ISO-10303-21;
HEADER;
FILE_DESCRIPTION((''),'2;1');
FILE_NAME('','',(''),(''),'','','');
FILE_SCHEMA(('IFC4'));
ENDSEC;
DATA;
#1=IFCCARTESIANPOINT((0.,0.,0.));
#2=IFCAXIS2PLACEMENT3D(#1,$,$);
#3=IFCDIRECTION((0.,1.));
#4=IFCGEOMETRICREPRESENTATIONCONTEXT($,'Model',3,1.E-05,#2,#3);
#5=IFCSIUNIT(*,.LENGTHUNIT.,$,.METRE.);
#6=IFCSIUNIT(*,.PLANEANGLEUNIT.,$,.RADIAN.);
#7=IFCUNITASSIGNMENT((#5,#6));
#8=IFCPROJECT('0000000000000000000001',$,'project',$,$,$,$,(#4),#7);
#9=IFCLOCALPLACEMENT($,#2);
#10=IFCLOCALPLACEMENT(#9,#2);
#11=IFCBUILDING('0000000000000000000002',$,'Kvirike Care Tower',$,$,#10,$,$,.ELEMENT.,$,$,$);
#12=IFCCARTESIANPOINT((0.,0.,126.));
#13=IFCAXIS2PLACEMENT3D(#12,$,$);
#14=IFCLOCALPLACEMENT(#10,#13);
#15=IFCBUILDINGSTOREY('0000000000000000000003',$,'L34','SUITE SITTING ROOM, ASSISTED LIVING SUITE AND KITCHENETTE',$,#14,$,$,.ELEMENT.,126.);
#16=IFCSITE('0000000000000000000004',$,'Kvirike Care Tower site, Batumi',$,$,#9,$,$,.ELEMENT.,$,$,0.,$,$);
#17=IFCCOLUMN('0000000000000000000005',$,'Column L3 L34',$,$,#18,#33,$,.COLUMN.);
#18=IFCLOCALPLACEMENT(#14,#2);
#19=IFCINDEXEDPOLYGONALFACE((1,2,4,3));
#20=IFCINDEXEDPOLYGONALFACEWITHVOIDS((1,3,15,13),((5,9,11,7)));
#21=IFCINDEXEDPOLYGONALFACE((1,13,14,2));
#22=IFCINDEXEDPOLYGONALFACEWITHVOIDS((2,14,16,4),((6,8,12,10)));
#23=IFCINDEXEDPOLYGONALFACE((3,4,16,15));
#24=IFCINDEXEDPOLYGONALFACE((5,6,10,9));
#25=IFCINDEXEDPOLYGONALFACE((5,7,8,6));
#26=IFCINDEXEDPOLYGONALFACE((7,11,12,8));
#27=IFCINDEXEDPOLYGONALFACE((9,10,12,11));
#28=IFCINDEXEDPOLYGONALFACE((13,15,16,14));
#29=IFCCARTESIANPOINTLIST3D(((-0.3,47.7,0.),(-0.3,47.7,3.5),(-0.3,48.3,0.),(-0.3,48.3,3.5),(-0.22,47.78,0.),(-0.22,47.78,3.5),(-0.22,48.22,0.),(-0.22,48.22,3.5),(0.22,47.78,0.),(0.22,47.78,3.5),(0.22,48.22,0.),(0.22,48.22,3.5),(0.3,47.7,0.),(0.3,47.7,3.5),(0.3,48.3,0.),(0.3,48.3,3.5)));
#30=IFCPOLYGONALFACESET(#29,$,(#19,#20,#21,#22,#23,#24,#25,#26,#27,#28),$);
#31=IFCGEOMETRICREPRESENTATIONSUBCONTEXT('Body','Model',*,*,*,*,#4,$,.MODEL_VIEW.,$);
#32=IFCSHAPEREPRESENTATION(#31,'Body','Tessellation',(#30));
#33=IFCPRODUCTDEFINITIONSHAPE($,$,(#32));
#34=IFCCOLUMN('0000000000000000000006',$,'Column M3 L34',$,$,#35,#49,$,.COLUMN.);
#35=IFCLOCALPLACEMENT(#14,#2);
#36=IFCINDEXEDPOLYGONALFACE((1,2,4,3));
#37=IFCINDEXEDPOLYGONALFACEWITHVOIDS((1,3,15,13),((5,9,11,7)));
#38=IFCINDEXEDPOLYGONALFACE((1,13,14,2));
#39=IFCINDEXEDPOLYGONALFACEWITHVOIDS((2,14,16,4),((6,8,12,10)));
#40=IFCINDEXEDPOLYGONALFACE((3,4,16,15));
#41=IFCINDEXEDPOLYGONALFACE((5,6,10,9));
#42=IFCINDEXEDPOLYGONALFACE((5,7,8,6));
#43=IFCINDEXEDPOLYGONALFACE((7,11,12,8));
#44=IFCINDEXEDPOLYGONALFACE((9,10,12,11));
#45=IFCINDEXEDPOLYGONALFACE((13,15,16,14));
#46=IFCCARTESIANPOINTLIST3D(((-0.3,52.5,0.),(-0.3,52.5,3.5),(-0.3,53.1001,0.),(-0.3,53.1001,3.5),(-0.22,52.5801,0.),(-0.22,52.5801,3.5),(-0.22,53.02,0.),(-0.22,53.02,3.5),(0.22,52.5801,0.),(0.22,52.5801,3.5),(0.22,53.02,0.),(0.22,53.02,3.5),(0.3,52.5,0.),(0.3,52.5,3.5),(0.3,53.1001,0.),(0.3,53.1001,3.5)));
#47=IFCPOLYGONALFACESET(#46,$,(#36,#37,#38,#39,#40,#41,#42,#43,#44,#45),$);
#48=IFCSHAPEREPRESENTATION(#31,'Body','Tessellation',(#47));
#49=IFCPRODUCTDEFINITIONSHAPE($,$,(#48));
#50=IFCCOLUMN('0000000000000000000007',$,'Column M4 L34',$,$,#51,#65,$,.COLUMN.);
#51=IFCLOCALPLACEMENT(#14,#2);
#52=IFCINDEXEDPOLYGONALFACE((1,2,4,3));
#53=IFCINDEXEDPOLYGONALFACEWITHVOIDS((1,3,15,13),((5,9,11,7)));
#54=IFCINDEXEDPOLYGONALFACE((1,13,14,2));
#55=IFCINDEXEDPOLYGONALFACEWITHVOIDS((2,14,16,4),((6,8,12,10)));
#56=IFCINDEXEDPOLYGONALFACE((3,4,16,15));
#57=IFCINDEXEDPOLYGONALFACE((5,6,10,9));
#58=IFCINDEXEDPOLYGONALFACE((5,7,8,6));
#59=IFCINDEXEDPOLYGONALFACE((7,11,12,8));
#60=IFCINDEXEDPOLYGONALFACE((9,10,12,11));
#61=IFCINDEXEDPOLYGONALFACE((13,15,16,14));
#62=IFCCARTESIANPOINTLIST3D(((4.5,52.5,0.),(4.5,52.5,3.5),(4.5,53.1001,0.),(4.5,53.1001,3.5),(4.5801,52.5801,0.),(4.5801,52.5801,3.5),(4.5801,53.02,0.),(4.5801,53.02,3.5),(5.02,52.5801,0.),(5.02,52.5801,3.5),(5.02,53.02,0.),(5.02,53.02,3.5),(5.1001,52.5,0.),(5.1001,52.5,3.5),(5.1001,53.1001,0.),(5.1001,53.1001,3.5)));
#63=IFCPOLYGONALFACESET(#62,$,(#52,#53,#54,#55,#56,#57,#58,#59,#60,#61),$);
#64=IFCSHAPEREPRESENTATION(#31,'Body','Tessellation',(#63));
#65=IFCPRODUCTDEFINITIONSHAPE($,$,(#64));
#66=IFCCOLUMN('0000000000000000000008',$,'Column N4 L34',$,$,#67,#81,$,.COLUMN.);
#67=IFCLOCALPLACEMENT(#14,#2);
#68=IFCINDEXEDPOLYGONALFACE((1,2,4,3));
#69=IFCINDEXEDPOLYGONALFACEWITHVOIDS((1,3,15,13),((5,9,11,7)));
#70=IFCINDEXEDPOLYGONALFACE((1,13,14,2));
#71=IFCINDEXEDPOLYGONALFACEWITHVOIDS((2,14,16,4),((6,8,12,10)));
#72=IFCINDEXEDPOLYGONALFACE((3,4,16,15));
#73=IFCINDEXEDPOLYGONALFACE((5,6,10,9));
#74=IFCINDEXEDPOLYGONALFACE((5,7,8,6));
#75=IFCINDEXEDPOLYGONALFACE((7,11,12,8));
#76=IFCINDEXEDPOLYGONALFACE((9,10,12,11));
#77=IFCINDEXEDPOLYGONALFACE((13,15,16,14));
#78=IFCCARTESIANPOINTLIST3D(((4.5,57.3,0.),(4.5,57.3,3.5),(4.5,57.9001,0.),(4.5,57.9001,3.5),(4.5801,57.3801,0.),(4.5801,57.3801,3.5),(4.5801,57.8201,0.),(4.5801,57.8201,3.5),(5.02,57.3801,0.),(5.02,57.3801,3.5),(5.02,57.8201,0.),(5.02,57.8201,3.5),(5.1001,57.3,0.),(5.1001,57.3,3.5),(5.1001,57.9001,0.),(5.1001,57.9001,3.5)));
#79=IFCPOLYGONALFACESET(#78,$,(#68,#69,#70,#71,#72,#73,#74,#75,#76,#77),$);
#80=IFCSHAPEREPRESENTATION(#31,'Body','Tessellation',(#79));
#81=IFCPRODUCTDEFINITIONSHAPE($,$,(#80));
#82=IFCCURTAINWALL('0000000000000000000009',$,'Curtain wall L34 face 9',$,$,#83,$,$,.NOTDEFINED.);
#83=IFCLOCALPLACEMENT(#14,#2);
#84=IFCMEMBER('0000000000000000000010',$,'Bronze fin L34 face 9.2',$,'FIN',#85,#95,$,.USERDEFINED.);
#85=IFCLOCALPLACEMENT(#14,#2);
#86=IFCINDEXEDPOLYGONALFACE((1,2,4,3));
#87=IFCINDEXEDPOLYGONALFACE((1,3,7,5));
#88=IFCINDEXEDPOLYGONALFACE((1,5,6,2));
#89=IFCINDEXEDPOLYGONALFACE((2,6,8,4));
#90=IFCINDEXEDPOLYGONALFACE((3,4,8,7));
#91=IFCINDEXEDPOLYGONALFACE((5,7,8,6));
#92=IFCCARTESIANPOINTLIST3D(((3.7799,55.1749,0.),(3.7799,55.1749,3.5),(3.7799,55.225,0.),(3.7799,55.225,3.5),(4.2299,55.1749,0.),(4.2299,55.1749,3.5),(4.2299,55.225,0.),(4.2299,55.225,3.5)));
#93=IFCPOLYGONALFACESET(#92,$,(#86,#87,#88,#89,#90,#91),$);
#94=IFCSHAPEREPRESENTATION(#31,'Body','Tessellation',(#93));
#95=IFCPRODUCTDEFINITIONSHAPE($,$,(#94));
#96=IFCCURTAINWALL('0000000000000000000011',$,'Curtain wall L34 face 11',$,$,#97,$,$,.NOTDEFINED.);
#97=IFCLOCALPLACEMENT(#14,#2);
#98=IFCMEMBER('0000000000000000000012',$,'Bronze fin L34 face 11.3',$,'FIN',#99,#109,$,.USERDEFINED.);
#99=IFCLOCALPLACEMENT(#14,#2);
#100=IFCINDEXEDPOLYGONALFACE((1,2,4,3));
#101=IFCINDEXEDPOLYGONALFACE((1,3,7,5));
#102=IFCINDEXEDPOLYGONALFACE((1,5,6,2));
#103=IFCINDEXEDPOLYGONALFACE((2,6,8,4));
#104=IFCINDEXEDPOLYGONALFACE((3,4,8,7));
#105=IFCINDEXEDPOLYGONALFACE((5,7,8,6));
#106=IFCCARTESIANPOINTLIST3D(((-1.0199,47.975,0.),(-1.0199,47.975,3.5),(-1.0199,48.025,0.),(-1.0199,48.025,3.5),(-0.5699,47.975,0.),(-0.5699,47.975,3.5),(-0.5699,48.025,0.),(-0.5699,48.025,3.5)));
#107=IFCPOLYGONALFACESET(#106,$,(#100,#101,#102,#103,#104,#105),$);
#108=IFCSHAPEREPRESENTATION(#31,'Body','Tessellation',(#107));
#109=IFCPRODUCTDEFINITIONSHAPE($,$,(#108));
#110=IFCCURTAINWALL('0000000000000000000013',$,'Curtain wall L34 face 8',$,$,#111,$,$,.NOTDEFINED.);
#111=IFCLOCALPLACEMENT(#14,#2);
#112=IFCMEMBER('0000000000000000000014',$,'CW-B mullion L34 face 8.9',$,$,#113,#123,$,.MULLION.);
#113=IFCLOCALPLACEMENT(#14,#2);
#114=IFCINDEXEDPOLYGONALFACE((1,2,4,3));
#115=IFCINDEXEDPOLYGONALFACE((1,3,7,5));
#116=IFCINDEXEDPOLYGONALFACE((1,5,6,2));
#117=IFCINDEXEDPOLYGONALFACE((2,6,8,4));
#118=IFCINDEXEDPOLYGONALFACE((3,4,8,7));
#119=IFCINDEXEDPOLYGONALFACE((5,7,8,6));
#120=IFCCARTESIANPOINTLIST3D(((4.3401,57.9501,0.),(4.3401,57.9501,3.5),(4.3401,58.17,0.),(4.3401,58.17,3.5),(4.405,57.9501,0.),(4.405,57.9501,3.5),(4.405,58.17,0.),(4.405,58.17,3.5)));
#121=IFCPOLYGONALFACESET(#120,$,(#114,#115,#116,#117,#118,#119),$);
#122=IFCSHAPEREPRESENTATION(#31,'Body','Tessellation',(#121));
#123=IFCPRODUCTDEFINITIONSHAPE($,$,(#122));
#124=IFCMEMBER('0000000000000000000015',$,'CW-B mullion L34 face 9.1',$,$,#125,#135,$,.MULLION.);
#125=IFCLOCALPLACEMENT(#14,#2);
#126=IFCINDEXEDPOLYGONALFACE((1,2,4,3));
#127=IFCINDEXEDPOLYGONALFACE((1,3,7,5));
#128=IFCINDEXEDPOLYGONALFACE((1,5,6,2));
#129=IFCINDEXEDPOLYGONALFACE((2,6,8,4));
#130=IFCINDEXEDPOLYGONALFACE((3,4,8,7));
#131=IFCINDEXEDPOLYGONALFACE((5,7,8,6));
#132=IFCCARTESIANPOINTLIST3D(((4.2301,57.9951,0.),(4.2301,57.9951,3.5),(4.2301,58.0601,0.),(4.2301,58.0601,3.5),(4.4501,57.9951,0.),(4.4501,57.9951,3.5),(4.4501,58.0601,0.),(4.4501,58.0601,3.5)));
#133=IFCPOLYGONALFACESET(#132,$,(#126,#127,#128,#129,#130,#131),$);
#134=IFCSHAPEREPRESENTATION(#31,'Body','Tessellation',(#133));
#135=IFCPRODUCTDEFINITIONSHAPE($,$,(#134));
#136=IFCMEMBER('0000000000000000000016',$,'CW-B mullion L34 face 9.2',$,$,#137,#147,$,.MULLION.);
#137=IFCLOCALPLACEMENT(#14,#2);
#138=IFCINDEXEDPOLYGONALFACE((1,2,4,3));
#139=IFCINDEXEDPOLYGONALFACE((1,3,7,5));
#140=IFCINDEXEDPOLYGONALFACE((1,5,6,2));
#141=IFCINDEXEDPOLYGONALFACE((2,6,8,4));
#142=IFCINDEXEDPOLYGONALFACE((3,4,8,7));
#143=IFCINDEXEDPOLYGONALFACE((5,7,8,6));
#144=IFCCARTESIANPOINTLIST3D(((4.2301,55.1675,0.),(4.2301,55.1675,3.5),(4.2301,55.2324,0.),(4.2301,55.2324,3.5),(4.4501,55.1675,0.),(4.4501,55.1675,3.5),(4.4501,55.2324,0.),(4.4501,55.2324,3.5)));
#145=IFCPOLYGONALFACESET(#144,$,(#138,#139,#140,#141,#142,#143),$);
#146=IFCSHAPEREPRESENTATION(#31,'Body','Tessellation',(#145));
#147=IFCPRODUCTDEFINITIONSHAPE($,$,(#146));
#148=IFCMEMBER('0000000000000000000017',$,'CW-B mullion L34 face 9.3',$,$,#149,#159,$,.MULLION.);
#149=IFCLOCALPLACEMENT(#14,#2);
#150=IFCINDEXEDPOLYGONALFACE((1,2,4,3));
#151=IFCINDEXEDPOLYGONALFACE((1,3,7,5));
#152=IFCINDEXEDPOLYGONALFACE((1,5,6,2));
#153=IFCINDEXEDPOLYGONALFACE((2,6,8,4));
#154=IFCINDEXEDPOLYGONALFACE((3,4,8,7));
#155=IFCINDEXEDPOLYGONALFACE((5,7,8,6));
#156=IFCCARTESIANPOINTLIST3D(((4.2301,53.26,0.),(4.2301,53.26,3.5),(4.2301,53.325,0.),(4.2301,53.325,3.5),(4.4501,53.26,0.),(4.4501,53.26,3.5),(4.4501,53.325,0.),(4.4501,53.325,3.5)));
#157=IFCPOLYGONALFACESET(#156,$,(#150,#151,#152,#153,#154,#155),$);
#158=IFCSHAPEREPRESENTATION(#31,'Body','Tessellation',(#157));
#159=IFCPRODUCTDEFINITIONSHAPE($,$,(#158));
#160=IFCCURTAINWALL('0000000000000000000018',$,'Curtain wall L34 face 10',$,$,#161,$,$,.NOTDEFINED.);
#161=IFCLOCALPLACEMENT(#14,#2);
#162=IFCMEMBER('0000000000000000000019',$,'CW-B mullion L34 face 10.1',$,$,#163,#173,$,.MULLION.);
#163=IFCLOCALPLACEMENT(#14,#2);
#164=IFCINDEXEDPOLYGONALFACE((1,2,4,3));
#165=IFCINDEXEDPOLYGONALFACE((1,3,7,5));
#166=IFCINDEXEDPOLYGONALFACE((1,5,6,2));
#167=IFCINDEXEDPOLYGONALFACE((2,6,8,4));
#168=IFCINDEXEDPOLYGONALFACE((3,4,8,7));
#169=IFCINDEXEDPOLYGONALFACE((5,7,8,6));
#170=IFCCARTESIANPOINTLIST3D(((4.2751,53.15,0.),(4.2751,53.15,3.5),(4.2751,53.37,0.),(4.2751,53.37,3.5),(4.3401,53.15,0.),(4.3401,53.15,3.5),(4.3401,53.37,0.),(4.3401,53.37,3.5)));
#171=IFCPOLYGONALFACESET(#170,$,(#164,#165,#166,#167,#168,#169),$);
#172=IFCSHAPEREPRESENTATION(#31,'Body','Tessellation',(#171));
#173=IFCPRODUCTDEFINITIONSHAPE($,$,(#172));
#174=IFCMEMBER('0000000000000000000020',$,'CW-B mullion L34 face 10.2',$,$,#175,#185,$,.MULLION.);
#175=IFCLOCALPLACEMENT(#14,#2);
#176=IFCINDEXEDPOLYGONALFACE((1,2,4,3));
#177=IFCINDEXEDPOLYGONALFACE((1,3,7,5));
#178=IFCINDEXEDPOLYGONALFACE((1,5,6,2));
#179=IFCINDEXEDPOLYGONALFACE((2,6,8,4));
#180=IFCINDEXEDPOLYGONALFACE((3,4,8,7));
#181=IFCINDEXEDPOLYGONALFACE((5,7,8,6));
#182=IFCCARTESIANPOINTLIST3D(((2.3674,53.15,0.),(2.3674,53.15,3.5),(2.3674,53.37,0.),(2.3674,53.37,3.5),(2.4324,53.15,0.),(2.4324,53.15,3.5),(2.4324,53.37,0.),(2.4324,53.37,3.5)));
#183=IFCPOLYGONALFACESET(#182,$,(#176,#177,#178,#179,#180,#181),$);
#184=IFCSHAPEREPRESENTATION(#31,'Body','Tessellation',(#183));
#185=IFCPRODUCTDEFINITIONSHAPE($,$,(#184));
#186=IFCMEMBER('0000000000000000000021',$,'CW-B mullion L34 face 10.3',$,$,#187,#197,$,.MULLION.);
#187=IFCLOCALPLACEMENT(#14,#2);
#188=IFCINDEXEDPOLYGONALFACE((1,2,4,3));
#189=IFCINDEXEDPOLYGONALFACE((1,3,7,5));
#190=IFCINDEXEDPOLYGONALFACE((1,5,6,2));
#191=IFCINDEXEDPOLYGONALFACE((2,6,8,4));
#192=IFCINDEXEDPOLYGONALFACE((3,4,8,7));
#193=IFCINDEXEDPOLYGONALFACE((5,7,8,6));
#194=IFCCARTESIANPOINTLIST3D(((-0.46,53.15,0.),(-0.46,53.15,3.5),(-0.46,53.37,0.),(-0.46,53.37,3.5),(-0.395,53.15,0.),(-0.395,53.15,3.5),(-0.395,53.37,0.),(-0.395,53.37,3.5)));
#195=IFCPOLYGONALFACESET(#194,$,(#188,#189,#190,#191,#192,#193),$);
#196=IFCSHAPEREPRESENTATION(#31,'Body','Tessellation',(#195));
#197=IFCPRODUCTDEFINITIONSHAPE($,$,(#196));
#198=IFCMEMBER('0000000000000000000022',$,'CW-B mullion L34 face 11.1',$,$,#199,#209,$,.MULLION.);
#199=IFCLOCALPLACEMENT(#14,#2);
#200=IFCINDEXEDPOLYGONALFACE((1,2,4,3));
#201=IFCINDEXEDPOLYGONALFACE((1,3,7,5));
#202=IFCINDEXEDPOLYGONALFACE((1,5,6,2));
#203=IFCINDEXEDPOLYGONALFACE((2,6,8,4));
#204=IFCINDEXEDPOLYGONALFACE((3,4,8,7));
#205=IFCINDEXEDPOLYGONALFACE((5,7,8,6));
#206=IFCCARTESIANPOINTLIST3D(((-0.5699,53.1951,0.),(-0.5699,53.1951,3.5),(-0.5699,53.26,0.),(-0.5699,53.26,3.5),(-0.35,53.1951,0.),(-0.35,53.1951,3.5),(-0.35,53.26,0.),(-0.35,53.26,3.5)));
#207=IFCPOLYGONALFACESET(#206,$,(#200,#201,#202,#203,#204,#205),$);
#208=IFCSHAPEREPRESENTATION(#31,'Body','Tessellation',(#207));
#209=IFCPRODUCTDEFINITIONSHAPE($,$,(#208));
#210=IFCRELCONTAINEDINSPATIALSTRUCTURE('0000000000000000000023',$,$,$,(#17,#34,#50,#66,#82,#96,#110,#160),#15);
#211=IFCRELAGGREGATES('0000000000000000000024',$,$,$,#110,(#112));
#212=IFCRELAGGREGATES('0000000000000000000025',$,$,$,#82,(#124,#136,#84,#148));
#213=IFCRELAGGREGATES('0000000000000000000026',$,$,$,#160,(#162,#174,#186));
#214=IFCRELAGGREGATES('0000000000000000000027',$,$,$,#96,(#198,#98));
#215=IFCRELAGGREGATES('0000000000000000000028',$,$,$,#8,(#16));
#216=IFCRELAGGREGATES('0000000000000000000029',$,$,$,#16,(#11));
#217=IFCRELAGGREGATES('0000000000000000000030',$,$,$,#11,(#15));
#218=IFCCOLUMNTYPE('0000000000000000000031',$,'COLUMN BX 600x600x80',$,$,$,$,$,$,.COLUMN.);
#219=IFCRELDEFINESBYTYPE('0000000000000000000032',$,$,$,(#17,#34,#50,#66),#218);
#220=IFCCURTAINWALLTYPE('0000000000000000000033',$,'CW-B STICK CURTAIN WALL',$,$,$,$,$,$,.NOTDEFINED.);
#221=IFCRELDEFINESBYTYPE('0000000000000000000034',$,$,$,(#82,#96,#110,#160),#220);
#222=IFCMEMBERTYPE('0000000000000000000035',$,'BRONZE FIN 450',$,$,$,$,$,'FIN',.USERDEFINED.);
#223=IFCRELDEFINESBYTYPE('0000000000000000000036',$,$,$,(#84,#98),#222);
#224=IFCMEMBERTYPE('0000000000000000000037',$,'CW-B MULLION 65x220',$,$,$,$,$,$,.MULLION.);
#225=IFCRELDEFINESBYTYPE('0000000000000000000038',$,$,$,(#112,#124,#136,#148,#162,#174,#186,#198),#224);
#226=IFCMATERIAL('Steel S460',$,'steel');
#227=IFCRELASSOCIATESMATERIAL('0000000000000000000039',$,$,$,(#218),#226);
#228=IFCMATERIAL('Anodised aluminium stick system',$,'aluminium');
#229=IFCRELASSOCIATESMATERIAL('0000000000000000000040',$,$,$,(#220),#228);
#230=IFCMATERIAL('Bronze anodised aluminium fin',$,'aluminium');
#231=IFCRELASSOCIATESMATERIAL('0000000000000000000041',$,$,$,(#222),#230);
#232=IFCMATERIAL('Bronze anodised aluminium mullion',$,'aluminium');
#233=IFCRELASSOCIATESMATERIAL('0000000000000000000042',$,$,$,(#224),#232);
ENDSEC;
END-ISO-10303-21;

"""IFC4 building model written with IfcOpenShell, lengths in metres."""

from ifc_helpers import new_model, si_unit, direction, frame, origin, origin_2d, place, context, subcontext, project, spatial, rectangle, hollow_rectangle, extrude, material, material_profile, profile_set, type_object, element, aggregate, save


model = new_model("IFC4")

# Units and contexts
model_context = context("Model", 3, precision=1e-05, world=origin(), true_north=direction((0.0, 1.0)))
body_context = subcontext(model_context, "Body", "Model", "MODEL_VIEW")
ifc_project = project(units=[si_unit("LENGTHUNIT", "METRE"), si_unit("PLANEANGLEUNIT", "RADIAN")], contexts=[model_context])

# Site, building, storey
site_placement = place(None, origin())
site = spatial("IfcSite", under=ifc_project, at=site_placement, Name="Kvirike Care Tower site, Batumi", CompositionType="ELEMENT", RefElevation=0.0)
building_placement = place(site_placement, origin())
building = spatial("IfcBuilding", under=site, at=building_placement, Name="Kvirike Care Tower", CompositionType="ELEMENT")
storey_placement = place(building_placement, frame((0.0, 0.0, 126.0)))
storey = spatial("IfcBuildingStorey", under=building, at=storey_placement, Name="L34", Description="SUITE SITTING ROOM, ASSISTED LIVING SUITE AND KITCHENETTE", CompositionType="ELEMENT", Elevation=126.0)

# Columns
ifc_material_1 = material(Name="Steel S460", Category="steel")
ifc_material_profile_1 = material_profile(ifc_material_1, hollow_rectangle(XDim=0.6001, YDim=0.6001, WallThickness=0.0801, at=origin_2d()), Name="BX 600x600x80")
ifc_profile_set_1 = profile_set([ifc_material_profile_1], Name="Steel S460")
column_type = type_object("IfcColumnType", Name="COLUMN BX 600x600x80", PredefinedType="COLUMN", material=ifc_profile_set_1)
for number, where, z_axis, x_axis, name in (
    (1, (0.0, 48.0, 0.0), (0.0, 0.0, 1.0), (1.0, 0.0, 0.0), "Column L3 L34"),
    (2, (0.0, 52.8, 0.0), (0.0, 0.0, 1.0), (0.0, 1.0, 0.0), "Column M3 L34"),
    (3, (4.8, 52.8, 0.0), (0.0, 0.0, 1.0), (0.0, 1.0, 0.0), "Column M4 L34"),
    (4, (4.8, 57.6001, 0.0), (0.0, 0.0, 1.0), (0.0, 1.0, 0.0), "Column N4 L34"),
):
    element("IfcColumn", number, at=place(storey_placement, frame(where, z_axis=z_axis, x_axis=x_axis)), inside=storey, type_object=column_type, Name=name, PredefinedType="COLUMN", context=body_context, shape_type="SweptSolid", body=[
        extrude(hollow_rectangle(XDim=0.6001, YDim=0.6001, WallThickness=0.0801, at=origin_2d()), origin(), (0.0, 0.0, 1.0), 3.5),
    ])

# Curtain walls, members
ifc_material_2 = material(Name="Anodised aluminium stick system", Category="aluminium")
curtain_wall_type = type_object("IfcCurtainWallType", Name="CW-B STICK CURTAIN WALL", PredefinedType="NOTDEFINED", material=ifc_material_2)
curtain_wall_1_placement = place(storey_placement, origin())
curtain_wall_1 = element("IfcCurtainWall", 5, at=curtain_wall_1_placement, inside=storey, type_object=curtain_wall_type, Name="Curtain wall L34 face 9", PredefinedType="NOTDEFINED")
ifc_material_3 = material(Name="Bronze anodised aluminium fin", Category="aluminium")
ifc_material_profile_2 = material_profile(ifc_material_3, rectangle(XDim=0.05, YDim=0.45, at=origin_2d()), Name="BRONZE FIN 450")
ifc_profile_set_2 = profile_set([ifc_material_profile_2], Name="Bronze anodised aluminium fin")
member_type_1 = type_object("IfcMemberType", Name="BRONZE FIN 450", ElementType="FIN", PredefinedType="USERDEFINED", material=ifc_profile_set_2)
member_1_placement = place(storey_placement, frame((4.0049, 55.2, 0.0), z_axis=(0.0, 0.0, 1.0), x_axis=(0.0, -1.0, 0.0)))
member_1 = element("IfcMember", 6, at=member_1_placement, type_object=member_type_1, Name="Bronze fin L34 face 9.2", ObjectType="FIN", PredefinedType="USERDEFINED", context=body_context, shape_type="SweptSolid", body=[
    extrude(rectangle(XDim=0.05, YDim=0.45, at=origin_2d()), origin(), (0.0, 0.0, 1.0), 3.5),
])
curtain_wall_2_placement = place(storey_placement, origin())
curtain_wall_2 = element("IfcCurtainWall", 7, at=curtain_wall_2_placement, inside=storey, type_object=curtain_wall_type, Name="Curtain wall L34 face 11", PredefinedType="NOTDEFINED")
member_2_placement = place(storey_placement, frame((-0.7949, 48.0, 0.0), z_axis=(0.0, 0.0, 1.0), x_axis=(0.0, -1.0, 0.0)))
member_2 = element("IfcMember", 8, at=member_2_placement, type_object=member_type_1, Name="Bronze fin L34 face 11.3", ObjectType="FIN", PredefinedType="USERDEFINED", context=body_context, shape_type="SweptSolid", body=[
    extrude(rectangle(XDim=0.05, YDim=0.45, at=origin_2d()), origin(), (0.0, 0.0, 1.0), 3.5),
])
curtain_wall_3_placement = place(storey_placement, origin())
curtain_wall_3 = element("IfcCurtainWall", 9, at=curtain_wall_3_placement, inside=storey, type_object=curtain_wall_type, Name="Curtain wall L34 face 8", PredefinedType="NOTDEFINED")
ifc_material_4 = material(Name="Bronze anodised aluminium mullion", Category="aluminium")
ifc_material_profile_3 = material_profile(ifc_material_4, rectangle(XDim=0.0649, YDim=0.22, at=origin_2d()), Name="CW-B MULLION 65x220")
ifc_profile_set_3 = profile_set([ifc_material_profile_3], Name="Bronze anodised aluminium mullion")
member_type_2 = type_object("IfcMemberType", Name="CW-B MULLION 65x220", PredefinedType="MULLION", material=ifc_profile_set_3)
member_3_placement = place(storey_placement, frame((4.3726, 58.0601, 0.0), z_axis=(0.0, 0.0, 1.0), x_axis=(-1.0, 0.0, 0.0)))
member_3 = element("IfcMember", 10, at=member_3_placement, type_object=member_type_2, Name="CW-B mullion L34 face 8.9", PredefinedType="MULLION", context=body_context, shape_type="SweptSolid", body=[
    extrude(rectangle(XDim=0.0649, YDim=0.22, at=origin_2d()), origin(), (0.0, 0.0, 1.0), 3.5),
])
aggregate(curtain_wall_3, [member_3])

# Members
member_4_placement = place(storey_placement, frame((4.3401, 58.0276, 0.0), z_axis=(0.0, 0.0, 1.0), x_axis=(0.0, -1.0, 0.0)))
member_4 = element("IfcMember", 11, at=member_4_placement, type_object=member_type_2, Name="CW-B mullion L34 face 9.1", PredefinedType="MULLION", context=body_context, shape_type="SweptSolid", body=[
    extrude(rectangle(XDim=0.0649, YDim=0.22, at=origin_2d()), origin(), (0.0, 0.0, 1.0), 3.5),
])
member_5_placement = place(storey_placement, frame((4.3401, 55.2, 0.0), z_axis=(0.0, 0.0, 1.0), x_axis=(0.0, -1.0, 0.0)))
member_5 = element("IfcMember", 12, at=member_5_placement, type_object=member_type_2, Name="CW-B mullion L34 face 9.2", PredefinedType="MULLION", context=body_context, shape_type="SweptSolid", body=[
    extrude(rectangle(XDim=0.0649, YDim=0.22, at=origin_2d()), origin(), (0.0, 0.0, 1.0), 3.5),
])
member_6_placement = place(storey_placement, frame((4.3401, 53.2925, 0.0), z_axis=(0.0, 0.0, 1.0), x_axis=(0.0, -1.0, 0.0)))
member_6 = element("IfcMember", 13, at=member_6_placement, type_object=member_type_2, Name="CW-B mullion L34 face 9.3", PredefinedType="MULLION", context=body_context, shape_type="SweptSolid", body=[
    extrude(rectangle(XDim=0.0649, YDim=0.22, at=origin_2d()), origin(), (0.0, 0.0, 1.0), 3.5),
])

# Curtain wall, members
curtain_wall_4_placement = place(storey_placement, origin())
curtain_wall_4 = element("IfcCurtainWall", 14, at=curtain_wall_4_placement, inside=storey, type_object=curtain_wall_type, Name="Curtain wall L34 face 10", PredefinedType="NOTDEFINED")
member_7_placement = place(storey_placement, frame((4.3076, 53.26, 0.0), z_axis=(0.0, 0.0, 1.0), x_axis=(-1.0, 0.0, 0.0)))
member_7 = element("IfcMember", 15, at=member_7_placement, type_object=member_type_2, Name="CW-B mullion L34 face 10.1", PredefinedType="MULLION", context=body_context, shape_type="SweptSolid", body=[
    extrude(rectangle(XDim=0.0649, YDim=0.22, at=origin_2d()), origin(), (0.0, 0.0, 1.0), 3.5),
])
member_8_placement = place(storey_placement, frame((2.3999, 53.26, 0.0), z_axis=(0.0, 0.0, 1.0), x_axis=(-1.0, 0.0, 0.0)))
member_8 = element("IfcMember", 16, at=member_8_placement, type_object=member_type_2, Name="CW-B mullion L34 face 10.2", PredefinedType="MULLION", context=body_context, shape_type="SweptSolid", body=[
    extrude(rectangle(XDim=0.0649, YDim=0.22, at=origin_2d()), origin(), (0.0, 0.0, 1.0), 3.5),
])
member_9_placement = place(storey_placement, frame((-0.4275, 53.26, 0.0), z_axis=(0.0, 0.0, 1.0), x_axis=(-1.0, 0.0, 0.0)))
member_9 = element("IfcMember", 17, at=member_9_placement, type_object=member_type_2, Name="CW-B mullion L34 face 10.3", PredefinedType="MULLION", context=body_context, shape_type="SweptSolid", body=[
    extrude(rectangle(XDim=0.0649, YDim=0.22, at=origin_2d()), origin(), (0.0, 0.0, 1.0), 3.5),
])

# Member
member_10_placement = place(storey_placement, frame((-0.46, 53.2275, 0.0), z_axis=(0.0, 0.0, 1.0), x_axis=(0.0, -1.0, 0.0)))
member_10 = element("IfcMember", 18, at=member_10_placement, type_object=member_type_2, Name="CW-B mullion L34 face 11.1", PredefinedType="MULLION", context=body_context, shape_type="SweptSolid", body=[
    extrude(rectangle(XDim=0.0649, YDim=0.22, at=origin_2d()), origin(), (0.0, 0.0, 1.0), 3.5),
])

aggregate(curtain_wall_1, [member_4, member_5, member_1, member_6])
aggregate(curtain_wall_4, [member_7, member_8, member_9])
aggregate(curtain_wall_2, [member_10, member_2])

save(model, "model.ifc")
